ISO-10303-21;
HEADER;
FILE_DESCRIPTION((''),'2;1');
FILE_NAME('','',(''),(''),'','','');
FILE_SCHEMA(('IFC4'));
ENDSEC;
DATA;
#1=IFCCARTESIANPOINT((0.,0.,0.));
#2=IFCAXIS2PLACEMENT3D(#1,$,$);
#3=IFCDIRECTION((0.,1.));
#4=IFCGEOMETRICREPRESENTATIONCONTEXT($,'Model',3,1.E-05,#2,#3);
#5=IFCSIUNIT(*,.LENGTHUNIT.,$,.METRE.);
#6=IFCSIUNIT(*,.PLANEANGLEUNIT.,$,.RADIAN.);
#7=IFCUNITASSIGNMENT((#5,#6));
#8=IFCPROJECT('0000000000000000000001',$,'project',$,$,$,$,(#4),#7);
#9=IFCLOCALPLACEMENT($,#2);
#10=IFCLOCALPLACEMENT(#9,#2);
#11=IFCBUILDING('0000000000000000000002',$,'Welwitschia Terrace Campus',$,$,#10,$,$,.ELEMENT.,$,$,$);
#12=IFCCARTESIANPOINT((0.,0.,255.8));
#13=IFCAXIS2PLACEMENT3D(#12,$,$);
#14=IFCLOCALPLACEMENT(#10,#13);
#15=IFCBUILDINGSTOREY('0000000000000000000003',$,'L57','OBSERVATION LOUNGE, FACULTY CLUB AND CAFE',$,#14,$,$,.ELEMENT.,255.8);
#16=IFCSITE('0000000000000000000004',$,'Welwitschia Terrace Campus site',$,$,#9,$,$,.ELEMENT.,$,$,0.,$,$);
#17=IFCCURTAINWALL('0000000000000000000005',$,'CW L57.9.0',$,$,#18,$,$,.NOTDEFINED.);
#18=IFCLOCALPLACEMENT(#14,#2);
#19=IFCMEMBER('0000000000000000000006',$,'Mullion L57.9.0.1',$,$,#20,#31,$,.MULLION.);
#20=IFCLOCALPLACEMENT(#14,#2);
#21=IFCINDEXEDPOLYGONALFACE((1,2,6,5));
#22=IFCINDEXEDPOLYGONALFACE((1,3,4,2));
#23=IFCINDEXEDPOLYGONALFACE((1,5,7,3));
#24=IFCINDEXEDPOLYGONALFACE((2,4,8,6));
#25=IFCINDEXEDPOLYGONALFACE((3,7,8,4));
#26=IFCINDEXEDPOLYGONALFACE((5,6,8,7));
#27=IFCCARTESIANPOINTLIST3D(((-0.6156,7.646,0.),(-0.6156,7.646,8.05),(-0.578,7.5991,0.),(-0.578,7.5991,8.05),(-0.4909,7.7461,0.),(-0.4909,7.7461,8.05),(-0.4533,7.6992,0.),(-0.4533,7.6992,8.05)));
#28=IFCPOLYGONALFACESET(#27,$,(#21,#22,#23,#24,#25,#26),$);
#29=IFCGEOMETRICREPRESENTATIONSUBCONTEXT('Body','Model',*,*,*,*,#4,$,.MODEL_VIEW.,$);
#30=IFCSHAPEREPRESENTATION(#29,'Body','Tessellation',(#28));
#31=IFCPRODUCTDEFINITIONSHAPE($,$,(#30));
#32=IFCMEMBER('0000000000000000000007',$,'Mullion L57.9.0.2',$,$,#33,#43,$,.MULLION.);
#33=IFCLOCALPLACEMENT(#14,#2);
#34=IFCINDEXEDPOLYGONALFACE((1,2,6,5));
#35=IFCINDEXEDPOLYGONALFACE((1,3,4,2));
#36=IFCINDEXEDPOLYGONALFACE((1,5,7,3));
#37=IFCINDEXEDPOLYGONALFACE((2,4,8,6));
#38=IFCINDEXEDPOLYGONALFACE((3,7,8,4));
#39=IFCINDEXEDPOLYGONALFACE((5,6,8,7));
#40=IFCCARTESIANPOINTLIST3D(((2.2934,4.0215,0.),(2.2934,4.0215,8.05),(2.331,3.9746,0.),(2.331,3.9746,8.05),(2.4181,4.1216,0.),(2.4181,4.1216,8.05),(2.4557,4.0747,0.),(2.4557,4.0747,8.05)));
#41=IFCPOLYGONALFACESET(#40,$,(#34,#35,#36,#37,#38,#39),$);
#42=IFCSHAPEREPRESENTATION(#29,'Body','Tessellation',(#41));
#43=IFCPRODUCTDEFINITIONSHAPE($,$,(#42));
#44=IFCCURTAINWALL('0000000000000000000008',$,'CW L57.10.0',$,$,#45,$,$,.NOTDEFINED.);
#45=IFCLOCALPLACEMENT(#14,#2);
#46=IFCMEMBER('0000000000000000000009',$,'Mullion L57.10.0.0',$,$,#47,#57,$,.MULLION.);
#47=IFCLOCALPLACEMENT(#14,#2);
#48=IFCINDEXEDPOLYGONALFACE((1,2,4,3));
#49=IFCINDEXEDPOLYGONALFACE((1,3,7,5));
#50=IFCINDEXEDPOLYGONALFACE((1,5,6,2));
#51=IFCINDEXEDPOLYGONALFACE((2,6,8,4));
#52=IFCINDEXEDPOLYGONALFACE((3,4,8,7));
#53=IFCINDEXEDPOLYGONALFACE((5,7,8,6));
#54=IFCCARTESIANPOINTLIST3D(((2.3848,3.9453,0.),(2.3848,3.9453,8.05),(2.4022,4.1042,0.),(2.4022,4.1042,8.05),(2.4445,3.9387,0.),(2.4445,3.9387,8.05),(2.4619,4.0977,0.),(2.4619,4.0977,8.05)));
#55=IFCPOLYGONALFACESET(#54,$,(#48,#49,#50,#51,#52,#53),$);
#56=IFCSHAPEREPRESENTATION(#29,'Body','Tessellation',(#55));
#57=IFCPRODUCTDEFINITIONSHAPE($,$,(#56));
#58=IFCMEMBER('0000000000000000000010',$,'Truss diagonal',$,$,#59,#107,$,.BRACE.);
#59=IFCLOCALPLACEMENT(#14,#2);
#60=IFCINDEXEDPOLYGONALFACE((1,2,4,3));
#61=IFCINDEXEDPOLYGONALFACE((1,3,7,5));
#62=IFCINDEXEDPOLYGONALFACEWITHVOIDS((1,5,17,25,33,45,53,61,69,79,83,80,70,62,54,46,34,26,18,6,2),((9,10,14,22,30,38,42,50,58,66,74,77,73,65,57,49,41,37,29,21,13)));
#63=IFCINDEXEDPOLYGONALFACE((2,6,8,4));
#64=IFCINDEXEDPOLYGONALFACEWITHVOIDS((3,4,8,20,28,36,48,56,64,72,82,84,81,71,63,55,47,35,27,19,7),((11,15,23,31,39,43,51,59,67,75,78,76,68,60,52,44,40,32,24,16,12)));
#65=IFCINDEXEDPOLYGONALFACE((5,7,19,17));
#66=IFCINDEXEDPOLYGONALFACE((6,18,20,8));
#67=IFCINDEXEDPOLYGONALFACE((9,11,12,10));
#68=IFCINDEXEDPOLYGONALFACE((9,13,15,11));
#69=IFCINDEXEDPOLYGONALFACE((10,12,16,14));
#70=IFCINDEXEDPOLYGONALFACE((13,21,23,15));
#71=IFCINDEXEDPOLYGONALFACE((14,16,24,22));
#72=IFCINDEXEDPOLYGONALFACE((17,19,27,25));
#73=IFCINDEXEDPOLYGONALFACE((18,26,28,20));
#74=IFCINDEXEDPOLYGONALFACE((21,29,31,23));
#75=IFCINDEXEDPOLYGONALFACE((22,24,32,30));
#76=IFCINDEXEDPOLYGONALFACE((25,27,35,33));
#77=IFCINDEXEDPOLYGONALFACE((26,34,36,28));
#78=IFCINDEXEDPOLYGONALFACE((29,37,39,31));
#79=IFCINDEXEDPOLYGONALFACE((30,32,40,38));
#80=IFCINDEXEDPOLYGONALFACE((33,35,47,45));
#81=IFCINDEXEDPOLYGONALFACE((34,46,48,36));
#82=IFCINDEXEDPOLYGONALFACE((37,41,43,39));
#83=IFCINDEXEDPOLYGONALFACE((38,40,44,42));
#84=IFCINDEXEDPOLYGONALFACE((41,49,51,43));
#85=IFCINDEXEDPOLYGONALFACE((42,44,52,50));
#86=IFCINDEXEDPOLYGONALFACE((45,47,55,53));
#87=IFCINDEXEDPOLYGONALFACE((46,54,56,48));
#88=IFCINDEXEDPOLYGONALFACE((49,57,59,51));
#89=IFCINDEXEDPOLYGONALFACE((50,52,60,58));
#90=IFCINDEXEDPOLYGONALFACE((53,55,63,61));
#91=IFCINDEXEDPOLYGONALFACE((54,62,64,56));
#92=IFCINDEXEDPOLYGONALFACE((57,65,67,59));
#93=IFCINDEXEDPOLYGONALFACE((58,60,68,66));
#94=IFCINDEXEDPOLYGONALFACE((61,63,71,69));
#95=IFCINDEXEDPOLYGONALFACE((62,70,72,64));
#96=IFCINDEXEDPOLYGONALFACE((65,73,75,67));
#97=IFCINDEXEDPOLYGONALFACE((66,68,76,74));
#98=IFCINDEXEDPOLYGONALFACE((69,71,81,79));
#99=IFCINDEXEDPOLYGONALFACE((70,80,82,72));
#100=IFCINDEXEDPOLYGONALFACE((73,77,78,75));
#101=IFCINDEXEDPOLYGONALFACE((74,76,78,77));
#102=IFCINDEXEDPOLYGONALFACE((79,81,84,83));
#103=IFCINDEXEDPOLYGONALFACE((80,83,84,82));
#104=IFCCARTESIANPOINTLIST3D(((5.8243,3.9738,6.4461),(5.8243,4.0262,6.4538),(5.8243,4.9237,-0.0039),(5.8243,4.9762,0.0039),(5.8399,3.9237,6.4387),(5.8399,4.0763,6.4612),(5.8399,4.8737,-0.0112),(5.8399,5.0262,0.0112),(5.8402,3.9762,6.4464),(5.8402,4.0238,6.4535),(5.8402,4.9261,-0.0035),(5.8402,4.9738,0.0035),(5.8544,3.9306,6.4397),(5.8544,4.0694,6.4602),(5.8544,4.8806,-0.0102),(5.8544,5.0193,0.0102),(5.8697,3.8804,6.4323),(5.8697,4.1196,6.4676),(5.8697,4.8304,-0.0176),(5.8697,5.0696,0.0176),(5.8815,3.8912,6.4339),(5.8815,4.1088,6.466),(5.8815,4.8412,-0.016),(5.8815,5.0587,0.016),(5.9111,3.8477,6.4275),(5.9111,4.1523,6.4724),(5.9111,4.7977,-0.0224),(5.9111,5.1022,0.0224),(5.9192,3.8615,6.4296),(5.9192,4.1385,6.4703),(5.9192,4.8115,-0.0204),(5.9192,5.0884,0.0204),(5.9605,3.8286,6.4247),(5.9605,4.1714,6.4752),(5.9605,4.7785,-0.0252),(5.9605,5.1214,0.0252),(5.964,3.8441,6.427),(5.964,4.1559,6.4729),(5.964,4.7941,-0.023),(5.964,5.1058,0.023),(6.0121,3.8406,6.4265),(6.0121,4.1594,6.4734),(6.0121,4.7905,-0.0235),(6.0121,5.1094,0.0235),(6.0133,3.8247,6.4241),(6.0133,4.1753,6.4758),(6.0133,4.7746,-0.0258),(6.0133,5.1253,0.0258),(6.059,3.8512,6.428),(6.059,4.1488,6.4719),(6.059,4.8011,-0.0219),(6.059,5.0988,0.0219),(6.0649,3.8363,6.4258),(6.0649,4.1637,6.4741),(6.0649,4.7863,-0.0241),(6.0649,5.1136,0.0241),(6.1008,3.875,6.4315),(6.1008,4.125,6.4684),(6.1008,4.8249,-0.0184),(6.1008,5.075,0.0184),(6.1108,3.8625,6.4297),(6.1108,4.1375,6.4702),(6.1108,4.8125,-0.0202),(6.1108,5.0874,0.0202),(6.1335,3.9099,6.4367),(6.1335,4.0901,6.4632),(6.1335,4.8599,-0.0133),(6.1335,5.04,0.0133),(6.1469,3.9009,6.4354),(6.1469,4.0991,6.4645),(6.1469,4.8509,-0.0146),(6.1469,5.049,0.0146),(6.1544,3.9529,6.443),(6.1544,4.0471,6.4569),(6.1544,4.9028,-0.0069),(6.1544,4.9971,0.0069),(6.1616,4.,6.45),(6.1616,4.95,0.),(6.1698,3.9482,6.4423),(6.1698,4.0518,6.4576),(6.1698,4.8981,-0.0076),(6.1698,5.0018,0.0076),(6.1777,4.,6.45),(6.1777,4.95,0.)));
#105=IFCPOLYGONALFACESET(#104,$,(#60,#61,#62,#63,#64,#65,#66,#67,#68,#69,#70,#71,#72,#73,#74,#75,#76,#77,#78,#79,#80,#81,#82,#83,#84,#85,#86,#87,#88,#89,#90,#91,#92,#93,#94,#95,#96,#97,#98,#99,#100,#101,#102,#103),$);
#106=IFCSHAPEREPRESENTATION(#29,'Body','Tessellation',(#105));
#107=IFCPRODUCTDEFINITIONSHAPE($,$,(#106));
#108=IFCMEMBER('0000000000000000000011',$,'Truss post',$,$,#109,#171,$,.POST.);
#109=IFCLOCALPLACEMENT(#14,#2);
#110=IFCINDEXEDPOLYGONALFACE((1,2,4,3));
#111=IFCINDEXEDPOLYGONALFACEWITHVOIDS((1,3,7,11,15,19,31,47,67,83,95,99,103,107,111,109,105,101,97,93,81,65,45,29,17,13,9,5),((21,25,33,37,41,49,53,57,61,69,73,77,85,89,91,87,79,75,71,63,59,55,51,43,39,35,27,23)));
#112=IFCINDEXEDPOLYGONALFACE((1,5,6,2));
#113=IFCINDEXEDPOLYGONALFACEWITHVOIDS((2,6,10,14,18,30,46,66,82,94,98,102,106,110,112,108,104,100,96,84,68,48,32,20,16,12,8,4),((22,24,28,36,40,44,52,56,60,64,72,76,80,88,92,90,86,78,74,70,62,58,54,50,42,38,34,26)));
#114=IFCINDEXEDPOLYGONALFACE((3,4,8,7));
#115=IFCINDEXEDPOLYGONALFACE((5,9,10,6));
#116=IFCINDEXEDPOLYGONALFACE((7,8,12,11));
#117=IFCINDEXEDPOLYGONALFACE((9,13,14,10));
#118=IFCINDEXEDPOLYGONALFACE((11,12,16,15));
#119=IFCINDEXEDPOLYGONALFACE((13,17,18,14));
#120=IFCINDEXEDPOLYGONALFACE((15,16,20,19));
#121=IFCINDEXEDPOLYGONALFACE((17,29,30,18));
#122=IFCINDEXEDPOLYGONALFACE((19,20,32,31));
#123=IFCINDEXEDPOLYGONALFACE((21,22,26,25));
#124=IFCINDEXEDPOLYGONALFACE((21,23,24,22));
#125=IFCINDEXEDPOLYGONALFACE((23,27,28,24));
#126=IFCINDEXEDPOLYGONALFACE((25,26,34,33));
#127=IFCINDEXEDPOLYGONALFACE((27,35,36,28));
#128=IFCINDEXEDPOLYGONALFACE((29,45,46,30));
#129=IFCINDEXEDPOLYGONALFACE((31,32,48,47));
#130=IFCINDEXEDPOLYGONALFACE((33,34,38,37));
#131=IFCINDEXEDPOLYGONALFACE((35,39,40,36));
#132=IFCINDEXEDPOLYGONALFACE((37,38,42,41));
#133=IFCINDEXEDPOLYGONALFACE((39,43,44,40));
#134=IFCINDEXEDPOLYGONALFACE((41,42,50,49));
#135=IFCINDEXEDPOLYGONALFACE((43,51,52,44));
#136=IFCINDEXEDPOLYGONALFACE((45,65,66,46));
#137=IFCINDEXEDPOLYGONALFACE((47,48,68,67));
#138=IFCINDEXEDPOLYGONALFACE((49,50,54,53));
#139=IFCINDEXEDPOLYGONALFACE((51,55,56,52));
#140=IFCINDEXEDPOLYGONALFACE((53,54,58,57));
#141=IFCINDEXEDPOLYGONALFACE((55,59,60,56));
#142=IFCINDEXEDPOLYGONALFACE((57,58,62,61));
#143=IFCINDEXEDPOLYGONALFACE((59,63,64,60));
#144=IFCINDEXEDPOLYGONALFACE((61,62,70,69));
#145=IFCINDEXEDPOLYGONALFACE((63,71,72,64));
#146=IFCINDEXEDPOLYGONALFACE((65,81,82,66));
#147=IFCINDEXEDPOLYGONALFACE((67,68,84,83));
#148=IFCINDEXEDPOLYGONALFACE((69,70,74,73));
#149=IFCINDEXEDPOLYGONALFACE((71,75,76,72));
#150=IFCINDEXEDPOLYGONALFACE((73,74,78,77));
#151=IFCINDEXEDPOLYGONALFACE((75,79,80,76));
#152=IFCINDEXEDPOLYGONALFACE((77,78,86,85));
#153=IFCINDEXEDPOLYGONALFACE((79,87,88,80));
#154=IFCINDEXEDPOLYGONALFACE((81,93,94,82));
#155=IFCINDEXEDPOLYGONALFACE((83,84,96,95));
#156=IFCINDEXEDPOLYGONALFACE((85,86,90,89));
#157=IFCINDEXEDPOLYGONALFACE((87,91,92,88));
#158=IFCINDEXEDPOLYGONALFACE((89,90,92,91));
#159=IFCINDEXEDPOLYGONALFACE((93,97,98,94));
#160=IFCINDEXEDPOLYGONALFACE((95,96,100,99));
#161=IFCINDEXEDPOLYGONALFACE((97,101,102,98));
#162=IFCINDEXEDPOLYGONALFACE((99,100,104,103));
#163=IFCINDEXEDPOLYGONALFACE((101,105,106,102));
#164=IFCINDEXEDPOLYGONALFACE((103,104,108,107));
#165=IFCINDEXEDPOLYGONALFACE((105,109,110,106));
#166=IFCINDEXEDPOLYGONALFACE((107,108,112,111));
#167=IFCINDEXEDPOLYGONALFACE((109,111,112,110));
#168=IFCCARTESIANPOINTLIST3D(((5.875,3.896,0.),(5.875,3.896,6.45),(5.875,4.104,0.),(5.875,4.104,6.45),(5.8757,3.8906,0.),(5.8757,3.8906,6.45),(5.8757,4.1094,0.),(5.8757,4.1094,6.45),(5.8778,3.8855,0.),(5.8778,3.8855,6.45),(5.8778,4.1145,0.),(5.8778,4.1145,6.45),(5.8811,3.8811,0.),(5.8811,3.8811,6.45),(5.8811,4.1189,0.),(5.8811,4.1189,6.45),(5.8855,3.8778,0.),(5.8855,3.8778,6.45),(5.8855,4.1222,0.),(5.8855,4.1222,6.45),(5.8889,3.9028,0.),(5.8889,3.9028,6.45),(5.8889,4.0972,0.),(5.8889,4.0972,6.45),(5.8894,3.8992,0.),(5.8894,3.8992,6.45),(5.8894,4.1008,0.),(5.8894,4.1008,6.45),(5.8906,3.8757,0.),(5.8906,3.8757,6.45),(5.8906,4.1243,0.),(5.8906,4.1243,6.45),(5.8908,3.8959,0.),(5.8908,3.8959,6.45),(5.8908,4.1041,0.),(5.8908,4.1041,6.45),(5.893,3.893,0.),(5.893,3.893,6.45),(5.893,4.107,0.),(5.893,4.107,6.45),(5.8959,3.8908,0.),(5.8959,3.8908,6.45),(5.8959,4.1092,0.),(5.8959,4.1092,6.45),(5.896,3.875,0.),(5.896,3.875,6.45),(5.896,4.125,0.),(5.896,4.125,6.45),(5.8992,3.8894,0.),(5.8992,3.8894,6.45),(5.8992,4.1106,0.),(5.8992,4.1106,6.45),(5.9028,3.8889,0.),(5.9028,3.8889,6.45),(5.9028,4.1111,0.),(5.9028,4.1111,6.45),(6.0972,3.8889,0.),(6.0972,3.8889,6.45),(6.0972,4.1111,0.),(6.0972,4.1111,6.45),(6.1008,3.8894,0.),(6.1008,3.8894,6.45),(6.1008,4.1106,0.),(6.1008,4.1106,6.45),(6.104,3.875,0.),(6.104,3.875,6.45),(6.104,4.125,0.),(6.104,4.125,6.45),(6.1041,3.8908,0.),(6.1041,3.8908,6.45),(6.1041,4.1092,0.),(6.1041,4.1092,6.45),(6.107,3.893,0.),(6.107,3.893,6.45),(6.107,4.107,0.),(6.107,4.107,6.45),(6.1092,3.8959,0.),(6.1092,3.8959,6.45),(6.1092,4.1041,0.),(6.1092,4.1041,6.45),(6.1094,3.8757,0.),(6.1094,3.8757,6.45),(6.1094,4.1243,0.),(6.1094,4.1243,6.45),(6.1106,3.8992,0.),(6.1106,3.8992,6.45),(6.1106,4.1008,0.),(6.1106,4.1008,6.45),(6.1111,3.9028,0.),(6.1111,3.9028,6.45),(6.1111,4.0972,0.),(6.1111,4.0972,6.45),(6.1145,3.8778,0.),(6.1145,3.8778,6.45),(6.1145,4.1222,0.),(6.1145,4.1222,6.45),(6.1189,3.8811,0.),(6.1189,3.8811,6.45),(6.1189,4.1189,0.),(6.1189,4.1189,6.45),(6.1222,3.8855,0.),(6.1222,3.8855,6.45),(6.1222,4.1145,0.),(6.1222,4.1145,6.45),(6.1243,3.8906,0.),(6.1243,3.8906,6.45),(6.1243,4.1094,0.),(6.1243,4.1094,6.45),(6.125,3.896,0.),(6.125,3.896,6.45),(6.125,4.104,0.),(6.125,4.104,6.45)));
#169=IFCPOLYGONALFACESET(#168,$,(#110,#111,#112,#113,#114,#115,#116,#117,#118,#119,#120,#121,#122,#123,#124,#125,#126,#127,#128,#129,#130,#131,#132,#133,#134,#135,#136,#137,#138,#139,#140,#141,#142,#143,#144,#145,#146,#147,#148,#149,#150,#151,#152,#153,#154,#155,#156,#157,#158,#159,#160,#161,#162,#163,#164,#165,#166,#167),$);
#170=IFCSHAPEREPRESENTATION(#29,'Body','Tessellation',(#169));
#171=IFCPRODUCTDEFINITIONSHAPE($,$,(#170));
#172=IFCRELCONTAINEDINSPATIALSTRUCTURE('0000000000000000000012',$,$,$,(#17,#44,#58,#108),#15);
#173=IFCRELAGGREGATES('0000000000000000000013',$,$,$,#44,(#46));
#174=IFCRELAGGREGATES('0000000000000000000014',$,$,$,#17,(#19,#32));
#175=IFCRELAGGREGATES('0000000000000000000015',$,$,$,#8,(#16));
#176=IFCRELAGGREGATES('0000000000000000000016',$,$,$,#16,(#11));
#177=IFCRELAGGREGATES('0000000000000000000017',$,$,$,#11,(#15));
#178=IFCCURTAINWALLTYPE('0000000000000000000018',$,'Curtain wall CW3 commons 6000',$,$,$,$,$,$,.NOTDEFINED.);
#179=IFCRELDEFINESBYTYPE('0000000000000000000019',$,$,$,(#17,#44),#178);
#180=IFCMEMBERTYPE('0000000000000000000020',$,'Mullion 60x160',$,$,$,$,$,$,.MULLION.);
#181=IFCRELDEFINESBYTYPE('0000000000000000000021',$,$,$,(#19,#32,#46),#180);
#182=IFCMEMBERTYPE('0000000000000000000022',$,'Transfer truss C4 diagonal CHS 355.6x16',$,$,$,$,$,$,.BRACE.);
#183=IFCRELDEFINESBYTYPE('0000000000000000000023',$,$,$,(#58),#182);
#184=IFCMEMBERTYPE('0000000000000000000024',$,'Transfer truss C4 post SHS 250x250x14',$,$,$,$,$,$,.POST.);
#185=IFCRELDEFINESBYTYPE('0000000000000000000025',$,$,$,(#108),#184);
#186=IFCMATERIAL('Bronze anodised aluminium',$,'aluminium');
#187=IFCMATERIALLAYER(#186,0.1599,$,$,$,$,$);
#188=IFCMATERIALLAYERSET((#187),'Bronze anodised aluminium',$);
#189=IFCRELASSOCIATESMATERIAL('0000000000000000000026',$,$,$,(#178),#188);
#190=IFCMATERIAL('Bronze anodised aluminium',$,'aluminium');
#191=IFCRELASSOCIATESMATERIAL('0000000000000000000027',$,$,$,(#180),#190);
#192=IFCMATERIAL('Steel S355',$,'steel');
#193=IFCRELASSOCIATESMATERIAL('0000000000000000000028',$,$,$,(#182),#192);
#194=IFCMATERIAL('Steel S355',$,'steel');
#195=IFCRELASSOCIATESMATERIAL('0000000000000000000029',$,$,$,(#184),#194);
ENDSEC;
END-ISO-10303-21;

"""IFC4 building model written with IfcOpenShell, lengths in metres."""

from ifc_helpers import new_model, si_unit, direction, frame, origin, origin_2d, place, context, subcontext, project, spatial, rectangle, hollow_rectangle, hollow_circle, extrude, material, layer, layer_set, material_profile, profile_set, type_object, element, aggregate, save


model = new_model("IFC4")

# Units and contexts
model_context = context("Model", 3, precision=1e-05, world=origin(), true_north=direction((0.0, 1.0)))
body_context = subcontext(model_context, "Body", "Model", "MODEL_VIEW")
ifc_project = project(units=[si_unit("LENGTHUNIT", "METRE"), si_unit("PLANEANGLEUNIT", "RADIAN")], contexts=[model_context])

# Site, building, storey
site_placement = place(None, origin())
site = spatial("IfcSite", under=ifc_project, at=site_placement, Name="Welwitschia Terrace Campus site", CompositionType="ELEMENT", RefElevation=0.0)
building_placement = place(site_placement, origin())
building = spatial("IfcBuilding", under=site, at=building_placement, Name="Welwitschia Terrace Campus", CompositionType="ELEMENT")
storey_placement = place(building_placement, frame((0.0, 0.0, 255.8)))
storey = spatial("IfcBuildingStorey", under=building, at=storey_placement, Name="L57", Description="OBSERVATION LOUNGE, FACULTY CLUB AND CAFE", CompositionType="ELEMENT", Elevation=255.8)

# Curtain wall, members
ifc_material_1 = material(Name="Bronze anodised aluminium", Category="aluminium")
ifc_layer_1 = layer(ifc_material_1, 0.1599)
ifc_layer_set_1 = layer_set([ifc_layer_1], Name="Bronze anodised aluminium")
curtain_wall_type = type_object("IfcCurtainWallType", Name="Curtain wall CW3 commons 6000", PredefinedType="NOTDEFINED", material=ifc_layer_set_1)
curtain_wall_1_placement = place(storey_placement, origin())
curtain_wall_1 = element("IfcCurtainWall", 1, at=curtain_wall_1_placement, inside=storey, type_object=curtain_wall_type, Name="CW L57.9.0", PredefinedType="NOTDEFINED")
ifc_material_2 = material(Name="Bronze anodised aluminium", Category="aluminium")
ifc_material_profile_1 = material_profile(ifc_material_2, rectangle(XDim=0.1599, YDim=0.0601, at=origin_2d()))
ifc_profile_set_1 = profile_set([ifc_material_profile_1], Name="Bronze anodised aluminium")
member_type_1 = type_object("IfcMemberType", Name="Mullion 60x160", PredefinedType="MULLION", material=ifc_profile_set_1)
member_1_placement = place(storey_placement, frame((-0.5344, 7.6726, 0.0), z_axis=(0.0, 0.0, 1.0), x_axis=(0.779884, 0.625923, 0.0)))
member_1 = element("IfcMember", 2, at=member_1_placement, type_object=member_type_1, Name="Mullion L57.9.0.1", PredefinedType="MULLION", context=body_context, shape_type="SweptSolid", body=[
    extrude(rectangle(XDim=0.1599, YDim=0.0601, at=origin_2d()), origin(), (0.0, 0.0, 1.0), 8.05),
])
member_2_placement = place(storey_placement, frame((2.3745, 4.0481, 0.0), z_axis=(0.0, 0.0, 1.0), x_axis=(0.779884, 0.625923, 0.0)))
member_2 = element("IfcMember", 3, at=member_2_placement, type_object=member_type_1, Name="Mullion L57.9.0.2", PredefinedType="MULLION", context=body_context, shape_type="SweptSolid", body=[
    extrude(rectangle(XDim=0.1599, YDim=0.0601, at=origin_2d()), origin(), (0.0, 0.0, 1.0), 8.05),
])

# Curtain wall, member
curtain_wall_2_placement = place(storey_placement, origin())
curtain_wall_2 = element("IfcCurtainWall", 4, at=curtain_wall_2_placement, inside=storey, type_object=curtain_wall_type, Name="CW L57.10.0", PredefinedType="NOTDEFINED")
member_3_placement = place(storey_placement, frame((2.4233, 4.0215, 0.0), z_axis=(0.0, 0.0, 1.0), x_axis=(0.108867, 0.994056, 0.0)))
member_3 = element("IfcMember", 5, at=member_3_placement, type_object=member_type_1, Name="Mullion L57.10.0.0", PredefinedType="MULLION", context=body_context, shape_type="SweptSolid", body=[
    extrude(rectangle(XDim=0.1599, YDim=0.0601, at=origin_2d()), origin(), (0.0, 0.0, 1.0), 8.05),
])

# Members
ifc_material_3 = material(Name="Steel S355", Category="steel")
ifc_material_profile_2 = material_profile(ifc_material_3, hollow_circle(Radius=0.1777, WallThickness=0.0161, at=origin_2d()))
ifc_profile_set_2 = profile_set([ifc_material_profile_2], Name="Steel S355")
member_type_2 = type_object("IfcMemberType", Name="Transfer truss C4 diagonal CHS 355.6x16", PredefinedType="BRACE", material=ifc_profile_set_2)
member_4_placement = place(storey_placement, frame((6.0, 4.95, 0.0), z_axis=(0.0, -0.145709, 0.989328), x_axis=(1.0, 0.0, 0.0)))
element("IfcMember", 6, at=member_4_placement, inside=storey, type_object=member_type_2, Name="Truss diagonal", PredefinedType="BRACE", context=body_context, shape_type="SweptSolid", body=[
    extrude(hollow_circle(Radius=0.1777, WallThickness=0.0161, at=origin_2d()), origin(), (0.0, 0.0, 1.0), 6.5195),
])
ifc_material_4 = material(Name="Steel S355", Category="steel")
ifc_material_profile_3 = material_profile(ifc_material_4, hollow_rectangle(XDim=0.25, YDim=0.25, WallThickness=0.0139, InnerFilletRadius=0.0139, OuterFilletRadius=0.021, at=origin_2d()))
ifc_profile_set_3 = profile_set([ifc_material_profile_3], Name="Steel S355")
member_type_3 = type_object("IfcMemberType", Name="Transfer truss C4 post SHS 250x250x14", PredefinedType="POST", material=ifc_profile_set_3)
for number, where, z_axis, x_axis, name in (
    (7, (6.0, 4.0, 0.0), (0.0, 0.0, 1.0), (1.0, 0.0, 0.0), "Truss post"),
):
    element("IfcMember", number, at=place(storey_placement, frame(where, z_axis=z_axis, x_axis=x_axis)), inside=storey, type_object=member_type_3, Name=name, PredefinedType="POST", context=body_context, shape_type="SweptSolid", body=[
        extrude(hollow_rectangle(XDim=0.25, YDim=0.25, WallThickness=0.0139, InnerFilletRadius=0.0139, OuterFilletRadius=0.021, at=origin_2d()), origin(), (0.0, 0.0, 1.0), 6.45),
    ])

aggregate(curtain_wall_2, [member_3])

aggregate(curtain_wall_1, [member_1, member_2])

save(model, "model.ifc")
